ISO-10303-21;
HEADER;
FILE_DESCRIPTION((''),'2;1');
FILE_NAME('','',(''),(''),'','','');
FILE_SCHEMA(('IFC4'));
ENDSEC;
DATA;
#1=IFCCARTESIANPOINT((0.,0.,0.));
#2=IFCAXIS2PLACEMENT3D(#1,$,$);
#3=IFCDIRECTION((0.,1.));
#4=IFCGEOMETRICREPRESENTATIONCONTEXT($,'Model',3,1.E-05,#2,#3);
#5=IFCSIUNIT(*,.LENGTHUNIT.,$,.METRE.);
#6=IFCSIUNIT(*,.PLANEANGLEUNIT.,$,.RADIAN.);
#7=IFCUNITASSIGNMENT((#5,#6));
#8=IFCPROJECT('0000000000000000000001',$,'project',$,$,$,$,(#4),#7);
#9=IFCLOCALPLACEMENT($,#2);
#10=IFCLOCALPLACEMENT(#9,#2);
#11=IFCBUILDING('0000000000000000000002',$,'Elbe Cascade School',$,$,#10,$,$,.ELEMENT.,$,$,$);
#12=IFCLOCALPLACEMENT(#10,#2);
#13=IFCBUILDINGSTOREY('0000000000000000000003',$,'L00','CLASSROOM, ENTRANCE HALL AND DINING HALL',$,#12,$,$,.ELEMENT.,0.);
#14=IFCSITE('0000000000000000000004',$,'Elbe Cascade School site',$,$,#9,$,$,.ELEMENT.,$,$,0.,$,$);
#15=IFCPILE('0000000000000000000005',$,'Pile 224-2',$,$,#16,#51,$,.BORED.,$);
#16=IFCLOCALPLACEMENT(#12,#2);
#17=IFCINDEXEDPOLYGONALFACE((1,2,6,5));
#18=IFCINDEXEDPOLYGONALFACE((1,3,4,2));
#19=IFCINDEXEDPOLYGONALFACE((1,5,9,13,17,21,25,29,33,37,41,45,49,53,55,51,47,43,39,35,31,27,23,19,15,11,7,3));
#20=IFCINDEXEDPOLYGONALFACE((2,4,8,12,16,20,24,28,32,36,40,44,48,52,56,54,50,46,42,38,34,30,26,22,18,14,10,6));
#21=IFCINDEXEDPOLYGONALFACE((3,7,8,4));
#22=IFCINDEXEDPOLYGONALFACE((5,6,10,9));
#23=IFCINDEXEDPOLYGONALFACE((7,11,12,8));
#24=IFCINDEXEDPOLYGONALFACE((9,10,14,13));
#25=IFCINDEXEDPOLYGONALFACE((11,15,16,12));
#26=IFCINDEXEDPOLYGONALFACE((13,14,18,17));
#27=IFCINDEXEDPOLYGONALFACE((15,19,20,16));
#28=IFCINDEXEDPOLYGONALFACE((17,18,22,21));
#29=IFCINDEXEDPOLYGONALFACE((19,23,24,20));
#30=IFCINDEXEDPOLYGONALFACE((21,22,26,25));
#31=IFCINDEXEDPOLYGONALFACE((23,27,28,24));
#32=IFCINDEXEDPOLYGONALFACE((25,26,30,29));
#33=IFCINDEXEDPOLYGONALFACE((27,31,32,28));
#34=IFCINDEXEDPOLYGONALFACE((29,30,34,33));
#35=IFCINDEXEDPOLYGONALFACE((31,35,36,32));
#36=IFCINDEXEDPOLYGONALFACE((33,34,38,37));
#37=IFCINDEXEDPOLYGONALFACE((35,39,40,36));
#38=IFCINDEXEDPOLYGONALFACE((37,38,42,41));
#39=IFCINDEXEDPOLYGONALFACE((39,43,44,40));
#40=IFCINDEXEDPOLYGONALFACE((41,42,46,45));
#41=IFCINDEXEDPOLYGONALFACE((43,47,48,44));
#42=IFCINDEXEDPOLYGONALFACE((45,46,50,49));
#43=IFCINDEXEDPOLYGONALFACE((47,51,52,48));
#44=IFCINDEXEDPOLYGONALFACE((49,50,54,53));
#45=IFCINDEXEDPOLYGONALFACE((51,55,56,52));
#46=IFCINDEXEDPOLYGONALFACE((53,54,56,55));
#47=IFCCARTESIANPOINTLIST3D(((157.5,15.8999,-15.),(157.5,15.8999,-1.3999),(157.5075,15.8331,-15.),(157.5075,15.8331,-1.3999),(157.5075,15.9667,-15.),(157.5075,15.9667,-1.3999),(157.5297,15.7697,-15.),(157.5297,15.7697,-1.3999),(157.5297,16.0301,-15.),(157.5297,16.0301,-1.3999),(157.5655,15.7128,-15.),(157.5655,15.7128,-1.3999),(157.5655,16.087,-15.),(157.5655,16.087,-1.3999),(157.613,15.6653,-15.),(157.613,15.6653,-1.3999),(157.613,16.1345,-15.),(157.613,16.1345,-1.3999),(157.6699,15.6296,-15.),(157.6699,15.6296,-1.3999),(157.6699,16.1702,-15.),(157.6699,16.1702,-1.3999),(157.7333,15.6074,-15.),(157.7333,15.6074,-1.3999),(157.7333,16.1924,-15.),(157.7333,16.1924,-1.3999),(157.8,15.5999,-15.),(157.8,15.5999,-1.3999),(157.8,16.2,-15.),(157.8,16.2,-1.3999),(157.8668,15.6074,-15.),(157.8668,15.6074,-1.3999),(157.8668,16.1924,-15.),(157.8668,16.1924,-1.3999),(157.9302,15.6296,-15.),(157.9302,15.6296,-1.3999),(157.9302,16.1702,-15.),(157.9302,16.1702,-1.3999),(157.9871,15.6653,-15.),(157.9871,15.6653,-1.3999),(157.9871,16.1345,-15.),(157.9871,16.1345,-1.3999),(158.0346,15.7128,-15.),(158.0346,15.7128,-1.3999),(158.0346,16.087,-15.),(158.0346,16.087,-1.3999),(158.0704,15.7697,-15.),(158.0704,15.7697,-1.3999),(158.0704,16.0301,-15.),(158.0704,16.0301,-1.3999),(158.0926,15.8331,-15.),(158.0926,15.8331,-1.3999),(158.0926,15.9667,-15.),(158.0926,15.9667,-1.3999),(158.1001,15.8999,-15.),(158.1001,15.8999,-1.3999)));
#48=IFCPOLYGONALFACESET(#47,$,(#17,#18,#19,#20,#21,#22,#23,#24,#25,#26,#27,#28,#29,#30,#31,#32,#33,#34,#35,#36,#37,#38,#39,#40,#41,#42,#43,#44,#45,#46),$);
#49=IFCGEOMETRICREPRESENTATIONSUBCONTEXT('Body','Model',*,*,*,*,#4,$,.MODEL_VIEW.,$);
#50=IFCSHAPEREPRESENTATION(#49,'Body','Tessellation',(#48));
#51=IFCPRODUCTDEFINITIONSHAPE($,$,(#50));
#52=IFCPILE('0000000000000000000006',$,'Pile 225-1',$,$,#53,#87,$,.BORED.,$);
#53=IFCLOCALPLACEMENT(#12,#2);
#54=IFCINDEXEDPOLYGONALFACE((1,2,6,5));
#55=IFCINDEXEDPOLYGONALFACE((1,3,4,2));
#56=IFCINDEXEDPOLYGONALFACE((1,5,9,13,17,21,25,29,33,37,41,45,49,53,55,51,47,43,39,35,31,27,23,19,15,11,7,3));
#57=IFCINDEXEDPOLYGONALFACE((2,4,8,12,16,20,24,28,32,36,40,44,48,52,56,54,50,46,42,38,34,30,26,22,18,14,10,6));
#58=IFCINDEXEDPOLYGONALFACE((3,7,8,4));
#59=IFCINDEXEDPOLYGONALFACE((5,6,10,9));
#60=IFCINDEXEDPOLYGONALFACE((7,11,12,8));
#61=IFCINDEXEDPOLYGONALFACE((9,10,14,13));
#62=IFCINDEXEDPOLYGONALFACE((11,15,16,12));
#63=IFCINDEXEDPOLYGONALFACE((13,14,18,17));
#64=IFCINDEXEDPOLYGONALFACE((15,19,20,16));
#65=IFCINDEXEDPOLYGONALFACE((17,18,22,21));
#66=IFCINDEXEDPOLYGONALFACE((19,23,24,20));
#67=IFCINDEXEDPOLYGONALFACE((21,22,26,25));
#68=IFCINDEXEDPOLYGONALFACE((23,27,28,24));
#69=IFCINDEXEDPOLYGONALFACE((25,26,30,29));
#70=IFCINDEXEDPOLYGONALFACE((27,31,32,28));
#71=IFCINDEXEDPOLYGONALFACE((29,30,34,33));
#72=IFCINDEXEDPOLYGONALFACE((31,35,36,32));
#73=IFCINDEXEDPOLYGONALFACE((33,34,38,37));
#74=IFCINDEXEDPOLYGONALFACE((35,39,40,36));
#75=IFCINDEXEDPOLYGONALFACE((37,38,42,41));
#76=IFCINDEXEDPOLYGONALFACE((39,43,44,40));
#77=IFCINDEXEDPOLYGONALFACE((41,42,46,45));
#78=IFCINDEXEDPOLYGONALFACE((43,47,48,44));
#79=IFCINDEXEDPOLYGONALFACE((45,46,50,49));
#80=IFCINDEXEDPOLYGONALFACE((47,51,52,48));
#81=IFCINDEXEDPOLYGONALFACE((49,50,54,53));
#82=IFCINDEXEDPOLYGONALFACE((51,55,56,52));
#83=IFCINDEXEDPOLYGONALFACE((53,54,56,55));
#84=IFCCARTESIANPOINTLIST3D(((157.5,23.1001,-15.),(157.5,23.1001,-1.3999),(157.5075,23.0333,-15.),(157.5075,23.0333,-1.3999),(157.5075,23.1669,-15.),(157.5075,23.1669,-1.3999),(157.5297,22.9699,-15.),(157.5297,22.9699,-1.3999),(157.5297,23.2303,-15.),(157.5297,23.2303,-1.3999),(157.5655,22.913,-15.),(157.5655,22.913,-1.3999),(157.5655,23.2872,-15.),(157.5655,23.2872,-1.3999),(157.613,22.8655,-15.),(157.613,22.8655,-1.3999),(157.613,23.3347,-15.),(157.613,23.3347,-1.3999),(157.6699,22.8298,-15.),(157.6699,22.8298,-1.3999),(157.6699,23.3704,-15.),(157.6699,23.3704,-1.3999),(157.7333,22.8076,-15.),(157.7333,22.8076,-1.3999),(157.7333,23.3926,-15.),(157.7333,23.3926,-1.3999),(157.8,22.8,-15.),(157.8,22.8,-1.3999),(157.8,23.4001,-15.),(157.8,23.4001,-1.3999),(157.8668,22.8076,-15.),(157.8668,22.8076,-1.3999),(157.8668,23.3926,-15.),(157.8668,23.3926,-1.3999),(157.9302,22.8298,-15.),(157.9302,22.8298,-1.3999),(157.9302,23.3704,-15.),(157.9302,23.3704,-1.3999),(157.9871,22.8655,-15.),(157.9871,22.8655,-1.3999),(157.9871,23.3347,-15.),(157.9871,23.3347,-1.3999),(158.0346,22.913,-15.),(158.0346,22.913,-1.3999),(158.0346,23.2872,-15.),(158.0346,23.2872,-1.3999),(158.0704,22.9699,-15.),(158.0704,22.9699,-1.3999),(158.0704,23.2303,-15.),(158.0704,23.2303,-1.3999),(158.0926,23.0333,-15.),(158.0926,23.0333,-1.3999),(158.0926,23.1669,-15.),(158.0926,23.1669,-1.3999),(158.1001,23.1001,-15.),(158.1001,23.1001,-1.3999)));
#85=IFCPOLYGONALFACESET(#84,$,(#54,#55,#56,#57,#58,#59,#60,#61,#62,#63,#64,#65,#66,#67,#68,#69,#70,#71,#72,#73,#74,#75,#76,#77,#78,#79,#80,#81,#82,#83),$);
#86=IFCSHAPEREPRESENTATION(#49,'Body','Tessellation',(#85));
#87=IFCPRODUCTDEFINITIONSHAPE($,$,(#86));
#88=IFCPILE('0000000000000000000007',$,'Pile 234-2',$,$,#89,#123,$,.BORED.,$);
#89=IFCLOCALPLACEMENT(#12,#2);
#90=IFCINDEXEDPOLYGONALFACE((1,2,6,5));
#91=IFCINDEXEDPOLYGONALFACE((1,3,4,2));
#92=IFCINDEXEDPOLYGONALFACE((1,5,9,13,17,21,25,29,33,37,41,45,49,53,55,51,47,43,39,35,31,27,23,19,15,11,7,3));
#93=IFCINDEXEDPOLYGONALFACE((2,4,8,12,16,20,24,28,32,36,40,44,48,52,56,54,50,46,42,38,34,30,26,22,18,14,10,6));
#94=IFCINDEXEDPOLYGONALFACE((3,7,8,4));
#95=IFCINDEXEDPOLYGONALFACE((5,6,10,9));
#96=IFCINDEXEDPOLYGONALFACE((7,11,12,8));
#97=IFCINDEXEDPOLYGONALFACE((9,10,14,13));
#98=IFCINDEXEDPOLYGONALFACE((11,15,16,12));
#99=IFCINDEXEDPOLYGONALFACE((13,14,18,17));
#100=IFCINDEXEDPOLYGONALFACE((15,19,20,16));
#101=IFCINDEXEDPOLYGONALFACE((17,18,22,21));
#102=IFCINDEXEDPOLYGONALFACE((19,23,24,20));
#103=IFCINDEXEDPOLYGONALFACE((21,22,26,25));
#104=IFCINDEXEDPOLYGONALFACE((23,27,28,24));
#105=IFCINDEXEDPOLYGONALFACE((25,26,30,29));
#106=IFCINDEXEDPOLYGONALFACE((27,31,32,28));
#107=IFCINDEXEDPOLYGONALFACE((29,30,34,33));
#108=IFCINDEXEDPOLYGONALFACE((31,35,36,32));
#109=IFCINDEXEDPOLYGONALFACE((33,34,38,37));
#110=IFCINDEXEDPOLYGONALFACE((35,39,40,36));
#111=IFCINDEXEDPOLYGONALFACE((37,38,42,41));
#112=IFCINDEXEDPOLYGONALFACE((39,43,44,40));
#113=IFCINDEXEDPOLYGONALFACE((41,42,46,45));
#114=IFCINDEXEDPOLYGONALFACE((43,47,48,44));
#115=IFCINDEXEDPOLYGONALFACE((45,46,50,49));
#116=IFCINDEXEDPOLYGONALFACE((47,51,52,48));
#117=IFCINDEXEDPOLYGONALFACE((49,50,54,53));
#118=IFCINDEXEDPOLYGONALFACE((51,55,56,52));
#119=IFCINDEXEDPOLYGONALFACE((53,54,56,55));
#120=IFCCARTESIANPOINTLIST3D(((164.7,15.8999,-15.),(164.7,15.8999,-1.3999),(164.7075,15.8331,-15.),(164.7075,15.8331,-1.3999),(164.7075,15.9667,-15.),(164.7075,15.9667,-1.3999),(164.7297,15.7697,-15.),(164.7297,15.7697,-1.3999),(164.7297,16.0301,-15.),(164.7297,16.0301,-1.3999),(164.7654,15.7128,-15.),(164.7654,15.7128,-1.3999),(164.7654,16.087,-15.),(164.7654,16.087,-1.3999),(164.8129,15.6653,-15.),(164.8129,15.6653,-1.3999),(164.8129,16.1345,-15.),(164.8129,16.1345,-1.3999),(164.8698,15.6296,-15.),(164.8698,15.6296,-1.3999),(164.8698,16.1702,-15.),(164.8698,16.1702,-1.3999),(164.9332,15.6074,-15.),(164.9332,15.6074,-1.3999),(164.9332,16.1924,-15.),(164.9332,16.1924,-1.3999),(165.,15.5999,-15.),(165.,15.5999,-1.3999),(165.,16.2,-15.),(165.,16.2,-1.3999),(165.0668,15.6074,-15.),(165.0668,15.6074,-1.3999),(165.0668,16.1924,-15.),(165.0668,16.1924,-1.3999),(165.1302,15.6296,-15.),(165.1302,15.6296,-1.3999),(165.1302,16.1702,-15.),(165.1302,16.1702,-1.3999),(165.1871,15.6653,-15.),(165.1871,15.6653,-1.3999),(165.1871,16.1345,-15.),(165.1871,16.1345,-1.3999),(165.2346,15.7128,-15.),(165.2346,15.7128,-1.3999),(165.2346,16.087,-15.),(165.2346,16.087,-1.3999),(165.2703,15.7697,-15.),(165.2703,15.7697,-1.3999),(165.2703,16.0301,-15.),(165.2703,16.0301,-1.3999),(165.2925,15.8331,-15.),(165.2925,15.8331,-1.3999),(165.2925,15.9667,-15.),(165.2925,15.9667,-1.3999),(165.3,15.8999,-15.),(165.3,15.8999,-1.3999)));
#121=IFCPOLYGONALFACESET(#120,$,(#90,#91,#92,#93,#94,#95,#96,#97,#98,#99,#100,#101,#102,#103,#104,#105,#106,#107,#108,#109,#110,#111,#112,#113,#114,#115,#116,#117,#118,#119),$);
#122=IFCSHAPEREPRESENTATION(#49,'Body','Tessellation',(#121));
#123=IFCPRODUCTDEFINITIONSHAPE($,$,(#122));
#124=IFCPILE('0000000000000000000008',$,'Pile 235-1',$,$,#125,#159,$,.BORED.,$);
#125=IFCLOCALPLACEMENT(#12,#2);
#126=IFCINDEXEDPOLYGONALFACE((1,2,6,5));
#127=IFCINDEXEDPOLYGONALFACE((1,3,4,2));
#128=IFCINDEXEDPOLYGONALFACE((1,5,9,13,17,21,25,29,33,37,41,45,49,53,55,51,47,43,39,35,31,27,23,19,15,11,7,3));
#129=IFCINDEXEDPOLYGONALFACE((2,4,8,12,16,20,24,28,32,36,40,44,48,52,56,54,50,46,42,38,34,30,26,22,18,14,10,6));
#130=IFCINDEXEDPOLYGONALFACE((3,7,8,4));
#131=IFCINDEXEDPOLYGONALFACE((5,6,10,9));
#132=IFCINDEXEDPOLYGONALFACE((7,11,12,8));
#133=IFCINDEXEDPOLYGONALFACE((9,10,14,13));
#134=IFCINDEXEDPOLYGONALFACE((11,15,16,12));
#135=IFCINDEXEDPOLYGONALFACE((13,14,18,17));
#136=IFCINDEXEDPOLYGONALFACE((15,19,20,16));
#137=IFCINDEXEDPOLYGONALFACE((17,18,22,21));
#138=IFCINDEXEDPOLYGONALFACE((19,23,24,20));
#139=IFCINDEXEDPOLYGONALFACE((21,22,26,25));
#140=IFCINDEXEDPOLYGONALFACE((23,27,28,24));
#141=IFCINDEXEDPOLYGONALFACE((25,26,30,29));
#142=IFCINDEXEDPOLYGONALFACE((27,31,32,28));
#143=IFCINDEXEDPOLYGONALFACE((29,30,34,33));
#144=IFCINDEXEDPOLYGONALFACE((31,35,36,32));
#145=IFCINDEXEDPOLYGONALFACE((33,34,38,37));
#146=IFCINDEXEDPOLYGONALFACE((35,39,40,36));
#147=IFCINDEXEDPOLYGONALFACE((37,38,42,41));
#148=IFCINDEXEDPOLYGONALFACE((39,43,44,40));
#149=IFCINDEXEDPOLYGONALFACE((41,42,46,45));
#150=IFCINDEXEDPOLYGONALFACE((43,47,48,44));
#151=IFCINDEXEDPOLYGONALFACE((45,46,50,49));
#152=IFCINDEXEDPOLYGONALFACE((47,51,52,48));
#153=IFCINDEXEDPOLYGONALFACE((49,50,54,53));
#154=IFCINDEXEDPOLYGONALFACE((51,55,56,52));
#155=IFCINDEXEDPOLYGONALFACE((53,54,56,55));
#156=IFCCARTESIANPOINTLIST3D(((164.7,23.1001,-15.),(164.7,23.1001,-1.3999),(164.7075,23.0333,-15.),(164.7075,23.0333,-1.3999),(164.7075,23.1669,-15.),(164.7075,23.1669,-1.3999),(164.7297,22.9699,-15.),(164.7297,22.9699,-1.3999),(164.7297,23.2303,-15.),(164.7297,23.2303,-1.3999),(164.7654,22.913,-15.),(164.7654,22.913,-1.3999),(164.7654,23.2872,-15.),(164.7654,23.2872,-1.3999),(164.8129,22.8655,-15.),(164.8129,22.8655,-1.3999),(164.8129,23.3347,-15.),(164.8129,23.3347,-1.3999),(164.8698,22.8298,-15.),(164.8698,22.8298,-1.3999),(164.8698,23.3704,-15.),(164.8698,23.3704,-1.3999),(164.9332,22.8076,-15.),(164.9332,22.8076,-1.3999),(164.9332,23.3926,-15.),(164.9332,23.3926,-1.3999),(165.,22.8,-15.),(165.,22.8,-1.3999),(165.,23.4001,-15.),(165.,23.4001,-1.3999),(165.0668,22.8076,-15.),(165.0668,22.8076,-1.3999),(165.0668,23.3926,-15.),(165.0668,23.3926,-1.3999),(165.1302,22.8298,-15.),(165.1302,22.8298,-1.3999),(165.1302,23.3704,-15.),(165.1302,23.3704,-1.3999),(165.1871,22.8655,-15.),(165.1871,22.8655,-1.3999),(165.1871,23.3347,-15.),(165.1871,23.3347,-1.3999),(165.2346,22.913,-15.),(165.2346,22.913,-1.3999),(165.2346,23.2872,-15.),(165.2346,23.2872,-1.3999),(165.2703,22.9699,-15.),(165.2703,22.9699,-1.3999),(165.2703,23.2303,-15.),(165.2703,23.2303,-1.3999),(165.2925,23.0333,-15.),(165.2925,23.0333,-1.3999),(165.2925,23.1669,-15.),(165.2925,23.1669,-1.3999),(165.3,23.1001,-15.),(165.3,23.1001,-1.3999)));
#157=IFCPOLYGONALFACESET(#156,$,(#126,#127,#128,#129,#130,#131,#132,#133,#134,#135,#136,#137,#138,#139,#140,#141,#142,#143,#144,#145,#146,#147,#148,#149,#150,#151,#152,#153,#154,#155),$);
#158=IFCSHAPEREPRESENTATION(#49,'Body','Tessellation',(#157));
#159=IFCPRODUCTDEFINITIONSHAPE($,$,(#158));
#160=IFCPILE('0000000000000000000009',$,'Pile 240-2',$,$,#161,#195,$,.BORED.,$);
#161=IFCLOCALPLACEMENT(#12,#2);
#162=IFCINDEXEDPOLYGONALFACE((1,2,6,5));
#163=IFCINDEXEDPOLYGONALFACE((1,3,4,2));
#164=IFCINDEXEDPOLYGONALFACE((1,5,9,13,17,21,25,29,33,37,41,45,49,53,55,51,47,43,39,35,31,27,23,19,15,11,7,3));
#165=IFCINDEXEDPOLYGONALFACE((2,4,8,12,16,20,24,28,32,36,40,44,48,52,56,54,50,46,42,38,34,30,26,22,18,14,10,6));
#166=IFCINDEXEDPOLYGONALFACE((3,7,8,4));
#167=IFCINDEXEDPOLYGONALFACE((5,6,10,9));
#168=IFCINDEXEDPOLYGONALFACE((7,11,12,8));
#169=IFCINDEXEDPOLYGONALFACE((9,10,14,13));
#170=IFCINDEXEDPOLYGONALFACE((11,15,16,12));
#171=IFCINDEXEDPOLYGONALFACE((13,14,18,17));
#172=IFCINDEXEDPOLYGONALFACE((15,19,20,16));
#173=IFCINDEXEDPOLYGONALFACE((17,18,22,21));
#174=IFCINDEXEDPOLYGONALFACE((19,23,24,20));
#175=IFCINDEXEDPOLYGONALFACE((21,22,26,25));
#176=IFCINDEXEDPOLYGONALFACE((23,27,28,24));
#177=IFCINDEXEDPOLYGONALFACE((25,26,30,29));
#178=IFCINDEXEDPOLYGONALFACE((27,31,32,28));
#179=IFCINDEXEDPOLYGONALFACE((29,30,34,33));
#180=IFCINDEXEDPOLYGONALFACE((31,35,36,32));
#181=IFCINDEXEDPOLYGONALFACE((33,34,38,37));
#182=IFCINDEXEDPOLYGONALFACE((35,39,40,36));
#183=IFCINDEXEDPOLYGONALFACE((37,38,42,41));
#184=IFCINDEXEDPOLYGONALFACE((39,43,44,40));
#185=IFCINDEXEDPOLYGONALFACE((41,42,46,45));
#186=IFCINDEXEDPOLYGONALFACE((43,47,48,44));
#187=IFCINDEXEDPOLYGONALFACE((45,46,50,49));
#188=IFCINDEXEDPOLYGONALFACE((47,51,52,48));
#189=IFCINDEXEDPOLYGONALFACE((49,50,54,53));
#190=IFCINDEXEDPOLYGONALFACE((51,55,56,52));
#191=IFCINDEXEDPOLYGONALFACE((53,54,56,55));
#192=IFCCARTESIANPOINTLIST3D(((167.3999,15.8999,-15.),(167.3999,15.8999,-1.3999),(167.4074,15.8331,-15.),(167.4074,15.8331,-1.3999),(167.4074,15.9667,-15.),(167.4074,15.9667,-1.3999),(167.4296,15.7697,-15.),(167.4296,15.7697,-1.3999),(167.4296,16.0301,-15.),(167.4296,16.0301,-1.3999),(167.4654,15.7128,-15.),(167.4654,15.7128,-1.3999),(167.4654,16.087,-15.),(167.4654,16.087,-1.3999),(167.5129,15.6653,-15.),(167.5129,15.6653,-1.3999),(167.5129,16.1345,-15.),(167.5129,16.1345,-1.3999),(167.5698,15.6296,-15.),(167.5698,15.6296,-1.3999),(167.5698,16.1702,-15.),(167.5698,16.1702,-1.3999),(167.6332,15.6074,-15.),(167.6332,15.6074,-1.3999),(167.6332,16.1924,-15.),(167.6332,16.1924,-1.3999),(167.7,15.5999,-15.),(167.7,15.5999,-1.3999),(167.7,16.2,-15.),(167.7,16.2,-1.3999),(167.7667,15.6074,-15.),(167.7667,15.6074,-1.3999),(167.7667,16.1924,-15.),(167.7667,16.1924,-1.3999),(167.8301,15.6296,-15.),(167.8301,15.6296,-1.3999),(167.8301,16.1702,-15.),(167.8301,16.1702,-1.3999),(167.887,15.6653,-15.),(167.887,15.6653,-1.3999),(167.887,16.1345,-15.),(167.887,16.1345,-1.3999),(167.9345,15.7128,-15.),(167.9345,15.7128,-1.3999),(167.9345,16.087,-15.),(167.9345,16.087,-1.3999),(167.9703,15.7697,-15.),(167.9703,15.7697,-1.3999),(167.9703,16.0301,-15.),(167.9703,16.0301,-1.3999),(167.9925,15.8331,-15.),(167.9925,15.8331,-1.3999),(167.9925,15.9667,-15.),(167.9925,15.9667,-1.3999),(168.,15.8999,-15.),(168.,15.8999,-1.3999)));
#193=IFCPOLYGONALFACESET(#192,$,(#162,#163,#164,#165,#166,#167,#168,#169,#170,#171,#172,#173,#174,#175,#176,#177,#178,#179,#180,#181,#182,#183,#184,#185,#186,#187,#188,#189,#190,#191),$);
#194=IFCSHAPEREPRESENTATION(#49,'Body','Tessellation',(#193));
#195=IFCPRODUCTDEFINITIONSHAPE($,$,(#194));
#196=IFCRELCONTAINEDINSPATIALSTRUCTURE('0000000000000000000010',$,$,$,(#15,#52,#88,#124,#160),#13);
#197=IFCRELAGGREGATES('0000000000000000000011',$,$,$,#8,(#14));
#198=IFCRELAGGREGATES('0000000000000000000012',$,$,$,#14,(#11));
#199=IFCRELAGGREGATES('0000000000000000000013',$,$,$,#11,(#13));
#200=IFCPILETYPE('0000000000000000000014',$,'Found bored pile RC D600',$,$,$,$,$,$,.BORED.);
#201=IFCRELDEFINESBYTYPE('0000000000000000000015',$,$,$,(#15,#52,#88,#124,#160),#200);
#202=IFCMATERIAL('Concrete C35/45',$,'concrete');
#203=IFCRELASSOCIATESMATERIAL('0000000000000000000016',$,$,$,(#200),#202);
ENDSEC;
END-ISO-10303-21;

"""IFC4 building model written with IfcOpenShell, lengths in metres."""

from ifc_helpers import new_model, si_unit, direction, frame, origin, origin_2d, place, context, subcontext, project, spatial, circle, extrude, material, material_profile, profile_set, type_object, element, save


model = new_model("IFC4")

# Units and contexts
model_context = context("Model", 3, precision=1e-05, world=origin(), true_north=direction((0.0, 1.0)))
body_context = subcontext(model_context, "Body", "Model", "MODEL_VIEW")
ifc_project = project(units=[si_unit("LENGTHUNIT", "METRE"), si_unit("PLANEANGLEUNIT", "RADIAN")], contexts=[model_context])

# Site, building, storey
site_placement = place(None, origin())
site = spatial("IfcSite", under=ifc_project, at=site_placement, Name="Elbe Cascade School site", CompositionType="ELEMENT", RefElevation=0.0)
building_placement = place(site_placement, origin())
building = spatial("IfcBuilding", under=site, at=building_placement, Name="Elbe Cascade School", CompositionType="ELEMENT")
storey_placement = place(building_placement, origin())
storey = spatial("IfcBuildingStorey", under=building, at=storey_placement, Name="L00", Description="CLASSROOM, ENTRANCE HALL AND DINING HALL", CompositionType="ELEMENT", Elevation=0.0)

# Piles
ifc_material_1 = material(Name="Concrete C35/45", Category="concrete")
ifc_material_profile_1 = material_profile(ifc_material_1, circle(Radius=0.3, at=origin_2d()), Name="RC D600")
ifc_profile_set_1 = profile_set([ifc_material_profile_1], Name="Concrete C35/45")
pile_type = type_object("IfcPileType", Name="Found bored pile RC D600", PredefinedType="BORED", material=ifc_profile_set_1)
for number, where, z_axis, x_axis, name in (
    (1, (157.8, 15.8999, -1.3999), (0.0, 0.0, -1.0), (1.0, 0.0, 0.0), "Pile 224-2"),
    (2, (157.8, 23.1001, -1.3999), (0.0, 0.0, -1.0), (1.0, 0.0, 0.0), "Pile 225-1"),
    (3, (165.0, 15.8999, -1.3999), (0.0, 0.0, -1.0), (1.0, 0.0, 0.0), "Pile 234-2"),
    (4, (165.0, 23.1001, -1.3999), (0.0, 0.0, -1.0), (1.0, 0.0, 0.0), "Pile 235-1"),
    (5, (167.7, 15.8999, -1.3999), (0.0, 0.0, -1.0), (1.0, 0.0, 0.0), "Pile 240-2"),
):
    element("IfcPile", number, at=place(storey_placement, frame(where, z_axis=z_axis, x_axis=x_axis)), inside=storey, type_object=pile_type, Name=name, PredefinedType="BORED", context=body_context, shape_type="SweptSolid", body=[
        extrude(circle(Radius=0.3, at=origin_2d()), origin(), (0.0, 0.0, 1.0), 13.6001),
    ])

save(model, "model.ifc")
